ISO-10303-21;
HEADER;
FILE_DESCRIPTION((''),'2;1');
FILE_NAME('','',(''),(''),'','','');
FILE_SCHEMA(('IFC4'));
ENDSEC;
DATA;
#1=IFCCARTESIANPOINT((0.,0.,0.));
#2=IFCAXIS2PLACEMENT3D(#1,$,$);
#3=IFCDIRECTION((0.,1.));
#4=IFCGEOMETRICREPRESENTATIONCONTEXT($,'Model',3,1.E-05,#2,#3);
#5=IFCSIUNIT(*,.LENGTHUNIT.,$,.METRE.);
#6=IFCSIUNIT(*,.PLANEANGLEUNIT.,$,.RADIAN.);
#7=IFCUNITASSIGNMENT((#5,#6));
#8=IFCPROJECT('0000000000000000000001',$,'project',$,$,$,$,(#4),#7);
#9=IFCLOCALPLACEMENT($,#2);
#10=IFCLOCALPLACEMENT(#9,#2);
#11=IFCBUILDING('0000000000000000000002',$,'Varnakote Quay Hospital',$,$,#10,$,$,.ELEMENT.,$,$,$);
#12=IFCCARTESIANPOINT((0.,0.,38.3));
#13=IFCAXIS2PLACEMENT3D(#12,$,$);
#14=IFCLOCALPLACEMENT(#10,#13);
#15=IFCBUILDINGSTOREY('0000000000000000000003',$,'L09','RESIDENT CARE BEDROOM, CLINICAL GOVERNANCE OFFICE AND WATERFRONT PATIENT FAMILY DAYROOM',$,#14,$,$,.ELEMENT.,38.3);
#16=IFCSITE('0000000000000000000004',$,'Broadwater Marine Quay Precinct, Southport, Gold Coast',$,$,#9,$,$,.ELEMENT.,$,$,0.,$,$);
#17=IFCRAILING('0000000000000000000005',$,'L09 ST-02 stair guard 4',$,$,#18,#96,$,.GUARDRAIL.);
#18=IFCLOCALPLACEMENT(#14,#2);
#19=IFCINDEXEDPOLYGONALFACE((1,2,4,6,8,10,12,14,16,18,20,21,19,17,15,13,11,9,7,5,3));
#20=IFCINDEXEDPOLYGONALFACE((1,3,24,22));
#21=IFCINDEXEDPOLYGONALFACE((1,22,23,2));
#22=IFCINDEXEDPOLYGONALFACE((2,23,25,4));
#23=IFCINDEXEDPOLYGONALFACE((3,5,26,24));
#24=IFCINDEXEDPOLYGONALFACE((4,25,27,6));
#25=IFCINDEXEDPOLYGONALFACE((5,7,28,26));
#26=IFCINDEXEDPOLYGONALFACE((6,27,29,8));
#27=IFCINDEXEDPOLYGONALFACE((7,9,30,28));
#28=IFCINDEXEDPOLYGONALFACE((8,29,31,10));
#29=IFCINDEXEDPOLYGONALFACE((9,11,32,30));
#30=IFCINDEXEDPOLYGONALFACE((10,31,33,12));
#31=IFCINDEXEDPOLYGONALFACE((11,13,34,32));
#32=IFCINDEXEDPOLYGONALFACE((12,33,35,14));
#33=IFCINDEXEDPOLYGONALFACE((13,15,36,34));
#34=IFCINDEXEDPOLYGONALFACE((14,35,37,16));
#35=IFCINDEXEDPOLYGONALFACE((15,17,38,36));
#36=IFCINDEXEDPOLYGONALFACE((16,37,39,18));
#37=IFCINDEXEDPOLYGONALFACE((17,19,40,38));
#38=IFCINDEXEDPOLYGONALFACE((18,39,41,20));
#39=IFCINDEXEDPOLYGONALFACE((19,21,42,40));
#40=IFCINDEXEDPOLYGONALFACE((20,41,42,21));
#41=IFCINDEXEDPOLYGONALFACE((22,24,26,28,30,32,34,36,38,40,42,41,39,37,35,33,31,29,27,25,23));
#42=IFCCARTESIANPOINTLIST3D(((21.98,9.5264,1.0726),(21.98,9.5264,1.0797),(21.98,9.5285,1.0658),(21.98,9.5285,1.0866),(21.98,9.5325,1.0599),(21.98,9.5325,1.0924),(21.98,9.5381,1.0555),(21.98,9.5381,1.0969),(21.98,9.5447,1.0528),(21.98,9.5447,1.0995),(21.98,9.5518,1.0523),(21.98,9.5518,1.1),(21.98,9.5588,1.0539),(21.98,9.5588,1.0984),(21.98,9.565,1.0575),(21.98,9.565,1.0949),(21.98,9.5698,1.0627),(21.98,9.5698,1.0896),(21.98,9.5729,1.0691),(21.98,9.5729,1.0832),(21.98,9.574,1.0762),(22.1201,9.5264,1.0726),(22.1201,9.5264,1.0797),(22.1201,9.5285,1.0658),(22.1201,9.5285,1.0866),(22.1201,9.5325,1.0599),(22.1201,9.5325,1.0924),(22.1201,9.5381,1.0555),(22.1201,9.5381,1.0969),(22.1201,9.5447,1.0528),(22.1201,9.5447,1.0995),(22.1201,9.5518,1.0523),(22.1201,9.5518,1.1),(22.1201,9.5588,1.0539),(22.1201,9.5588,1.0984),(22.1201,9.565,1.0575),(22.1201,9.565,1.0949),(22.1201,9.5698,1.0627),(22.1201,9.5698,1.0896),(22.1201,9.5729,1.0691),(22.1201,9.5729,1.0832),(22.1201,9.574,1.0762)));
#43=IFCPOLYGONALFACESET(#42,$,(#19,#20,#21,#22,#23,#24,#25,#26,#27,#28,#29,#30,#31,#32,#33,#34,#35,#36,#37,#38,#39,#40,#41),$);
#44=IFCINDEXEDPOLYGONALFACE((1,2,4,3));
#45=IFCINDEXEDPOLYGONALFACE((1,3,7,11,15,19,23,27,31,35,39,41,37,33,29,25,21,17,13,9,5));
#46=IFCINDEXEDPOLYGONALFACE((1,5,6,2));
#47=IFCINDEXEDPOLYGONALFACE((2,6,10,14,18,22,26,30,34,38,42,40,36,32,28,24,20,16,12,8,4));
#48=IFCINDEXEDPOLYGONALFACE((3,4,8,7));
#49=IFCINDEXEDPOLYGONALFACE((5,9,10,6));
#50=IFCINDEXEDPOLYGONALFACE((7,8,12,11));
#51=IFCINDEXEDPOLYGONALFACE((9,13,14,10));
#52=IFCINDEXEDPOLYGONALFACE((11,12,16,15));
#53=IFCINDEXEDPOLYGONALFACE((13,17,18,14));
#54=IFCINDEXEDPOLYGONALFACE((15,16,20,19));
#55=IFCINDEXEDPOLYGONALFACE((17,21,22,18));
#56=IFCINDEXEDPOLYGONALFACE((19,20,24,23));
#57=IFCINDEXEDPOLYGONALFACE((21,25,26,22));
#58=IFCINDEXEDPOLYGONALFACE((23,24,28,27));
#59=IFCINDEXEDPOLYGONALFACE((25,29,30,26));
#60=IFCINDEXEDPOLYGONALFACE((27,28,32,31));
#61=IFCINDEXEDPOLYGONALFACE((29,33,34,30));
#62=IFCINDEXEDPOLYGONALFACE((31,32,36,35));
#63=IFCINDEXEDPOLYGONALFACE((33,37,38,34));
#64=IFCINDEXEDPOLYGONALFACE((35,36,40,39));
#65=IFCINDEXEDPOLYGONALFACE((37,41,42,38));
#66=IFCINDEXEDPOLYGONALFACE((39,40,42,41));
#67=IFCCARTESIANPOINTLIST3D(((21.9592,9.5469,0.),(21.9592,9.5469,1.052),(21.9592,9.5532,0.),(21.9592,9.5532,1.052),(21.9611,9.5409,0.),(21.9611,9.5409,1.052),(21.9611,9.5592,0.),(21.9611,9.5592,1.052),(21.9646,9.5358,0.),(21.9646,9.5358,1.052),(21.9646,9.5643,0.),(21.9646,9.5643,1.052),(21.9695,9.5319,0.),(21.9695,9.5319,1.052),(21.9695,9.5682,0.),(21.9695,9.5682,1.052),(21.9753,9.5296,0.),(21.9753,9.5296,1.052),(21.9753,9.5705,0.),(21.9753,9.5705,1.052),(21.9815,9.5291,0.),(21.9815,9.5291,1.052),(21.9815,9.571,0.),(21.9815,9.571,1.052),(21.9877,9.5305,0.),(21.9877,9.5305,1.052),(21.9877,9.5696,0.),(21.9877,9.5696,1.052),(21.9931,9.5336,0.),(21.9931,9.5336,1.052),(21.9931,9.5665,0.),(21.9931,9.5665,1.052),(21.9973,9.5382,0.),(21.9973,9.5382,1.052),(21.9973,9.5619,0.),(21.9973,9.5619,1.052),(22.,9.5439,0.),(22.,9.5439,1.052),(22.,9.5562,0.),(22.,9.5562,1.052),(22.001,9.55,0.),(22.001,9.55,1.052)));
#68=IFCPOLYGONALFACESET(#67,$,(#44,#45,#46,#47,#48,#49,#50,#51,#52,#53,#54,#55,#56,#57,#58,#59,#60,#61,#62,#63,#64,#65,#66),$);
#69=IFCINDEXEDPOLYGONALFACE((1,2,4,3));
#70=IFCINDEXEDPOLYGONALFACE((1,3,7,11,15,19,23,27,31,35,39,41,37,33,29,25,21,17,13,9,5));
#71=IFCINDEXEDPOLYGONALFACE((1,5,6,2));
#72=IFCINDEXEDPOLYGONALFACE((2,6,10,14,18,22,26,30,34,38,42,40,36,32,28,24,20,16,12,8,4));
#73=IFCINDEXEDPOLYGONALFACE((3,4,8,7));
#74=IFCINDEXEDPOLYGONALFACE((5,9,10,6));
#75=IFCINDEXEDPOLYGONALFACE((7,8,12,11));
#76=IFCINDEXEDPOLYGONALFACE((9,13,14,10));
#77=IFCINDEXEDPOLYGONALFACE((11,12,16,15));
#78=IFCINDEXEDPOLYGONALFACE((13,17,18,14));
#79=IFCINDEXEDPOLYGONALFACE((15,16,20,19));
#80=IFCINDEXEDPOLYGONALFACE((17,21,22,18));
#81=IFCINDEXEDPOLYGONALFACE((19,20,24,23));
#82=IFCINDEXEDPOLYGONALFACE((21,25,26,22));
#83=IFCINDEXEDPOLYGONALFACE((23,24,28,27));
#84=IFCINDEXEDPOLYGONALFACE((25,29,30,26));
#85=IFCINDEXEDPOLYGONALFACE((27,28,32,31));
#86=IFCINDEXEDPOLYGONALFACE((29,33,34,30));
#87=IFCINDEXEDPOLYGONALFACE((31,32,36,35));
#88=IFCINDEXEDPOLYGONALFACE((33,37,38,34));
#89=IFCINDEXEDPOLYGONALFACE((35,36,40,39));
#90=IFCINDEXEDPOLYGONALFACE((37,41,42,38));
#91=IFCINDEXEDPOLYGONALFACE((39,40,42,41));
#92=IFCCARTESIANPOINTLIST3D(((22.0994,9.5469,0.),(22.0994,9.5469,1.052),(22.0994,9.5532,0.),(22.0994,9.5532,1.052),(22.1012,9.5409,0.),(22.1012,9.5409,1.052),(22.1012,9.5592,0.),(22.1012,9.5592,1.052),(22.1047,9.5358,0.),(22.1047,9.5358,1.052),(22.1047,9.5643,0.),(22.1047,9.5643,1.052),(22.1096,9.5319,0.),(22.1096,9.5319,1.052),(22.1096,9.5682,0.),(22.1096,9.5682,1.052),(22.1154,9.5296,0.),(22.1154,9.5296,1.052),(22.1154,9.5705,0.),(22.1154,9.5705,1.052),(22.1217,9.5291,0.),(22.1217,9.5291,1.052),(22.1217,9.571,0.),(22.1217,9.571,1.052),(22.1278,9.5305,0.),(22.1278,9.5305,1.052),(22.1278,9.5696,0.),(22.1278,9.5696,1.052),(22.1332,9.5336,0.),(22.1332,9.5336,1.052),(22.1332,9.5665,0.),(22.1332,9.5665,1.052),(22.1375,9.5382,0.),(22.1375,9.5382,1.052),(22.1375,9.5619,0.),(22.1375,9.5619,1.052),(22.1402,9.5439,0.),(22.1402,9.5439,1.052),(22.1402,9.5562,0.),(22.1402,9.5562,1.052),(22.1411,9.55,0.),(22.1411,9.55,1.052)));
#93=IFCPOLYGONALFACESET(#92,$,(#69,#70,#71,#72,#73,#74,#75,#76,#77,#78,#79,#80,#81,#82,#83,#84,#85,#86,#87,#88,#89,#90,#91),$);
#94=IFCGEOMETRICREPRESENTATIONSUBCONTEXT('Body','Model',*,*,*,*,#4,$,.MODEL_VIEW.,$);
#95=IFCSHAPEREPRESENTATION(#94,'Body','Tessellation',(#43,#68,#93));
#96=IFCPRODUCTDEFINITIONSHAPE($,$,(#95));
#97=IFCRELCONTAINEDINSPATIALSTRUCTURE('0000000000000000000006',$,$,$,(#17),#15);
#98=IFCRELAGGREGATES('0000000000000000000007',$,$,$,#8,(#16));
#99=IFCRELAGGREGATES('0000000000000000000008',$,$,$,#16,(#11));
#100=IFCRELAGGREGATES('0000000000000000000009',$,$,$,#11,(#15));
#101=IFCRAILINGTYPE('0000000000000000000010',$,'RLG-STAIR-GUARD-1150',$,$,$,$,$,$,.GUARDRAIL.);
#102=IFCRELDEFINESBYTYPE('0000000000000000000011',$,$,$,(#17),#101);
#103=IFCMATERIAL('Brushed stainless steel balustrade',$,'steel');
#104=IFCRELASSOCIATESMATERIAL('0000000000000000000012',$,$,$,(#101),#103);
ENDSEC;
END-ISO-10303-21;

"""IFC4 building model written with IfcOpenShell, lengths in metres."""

from ifc_helpers import new_model, si_unit, direction, frame, origin, origin_2d, place, context, subcontext, project, spatial, circle, extrude, material, type_object, element, save


model = new_model("IFC4")

# Units and contexts
model_context = context("Model", 3, precision=1e-05, world=origin(), true_north=direction((0.0, 1.0)))
body_context = subcontext(model_context, "Body", "Model", "MODEL_VIEW")
ifc_project = project(units=[si_unit("LENGTHUNIT", "METRE"), si_unit("PLANEANGLEUNIT", "RADIAN")], contexts=[model_context])

# Site, building, storey
site_placement = place(None, origin())
site = spatial("IfcSite", under=ifc_project, at=site_placement, Name="Broadwater Marine Quay Precinct, Southport, Gold Coast", CompositionType="ELEMENT", RefElevation=0.0)
building_placement = place(site_placement, origin())
building = spatial("IfcBuilding", under=site, at=building_placement, Name="Varnakote Quay Hospital", CompositionType="ELEMENT")
storey_placement = place(building_placement, frame((0.0, 0.0, 38.3)))
storey = spatial("IfcBuildingStorey", under=building, at=storey_placement, Name="L09", Description="RESIDENT CARE BEDROOM, CLINICAL GOVERNANCE OFFICE AND WATERFRONT PATIENT FAMILY DAYROOM", CompositionType="ELEMENT", Elevation=38.3)

# Railing
ifc_material_1 = material(Name="Brushed stainless steel balustrade", Category="steel")
railing_type_1 = type_object("IfcRailingType", Name="RLG-STAIR-GUARD-1150", PredefinedType="GUARDRAIL", material=ifc_material_1)
railing_1_placement = place(storey_placement, frame((21.98, 9.55, 0.0)))
element("IfcRailing", 1, at=railing_1_placement, inside=storey, type_object=railing_type_1, Name="L09 ST-02 stair guard 4", PredefinedType="GUARDRAIL", context=body_context, shape_type="SweptSolid", body=[
    extrude(circle(Radius=0.0239, at=origin_2d()), frame((0.0, 0.0, 1.0762), z_axis=(1.0, 0.0, 0.0), x_axis=(0.0, 1.0, 0.0)), (0.0, 0.0, 1.0), 0.1401),
    extrude(circle(Radius=0.021, at=origin_2d()), origin(), (0.0, 0.0, 1.0), 1.052),
    extrude(circle(Radius=0.021, at=origin_2d()), frame((0.1401, 0.0, 0.0)), (0.0, 0.0, 1.0), 1.052),
])

save(model, "model.ifc")
